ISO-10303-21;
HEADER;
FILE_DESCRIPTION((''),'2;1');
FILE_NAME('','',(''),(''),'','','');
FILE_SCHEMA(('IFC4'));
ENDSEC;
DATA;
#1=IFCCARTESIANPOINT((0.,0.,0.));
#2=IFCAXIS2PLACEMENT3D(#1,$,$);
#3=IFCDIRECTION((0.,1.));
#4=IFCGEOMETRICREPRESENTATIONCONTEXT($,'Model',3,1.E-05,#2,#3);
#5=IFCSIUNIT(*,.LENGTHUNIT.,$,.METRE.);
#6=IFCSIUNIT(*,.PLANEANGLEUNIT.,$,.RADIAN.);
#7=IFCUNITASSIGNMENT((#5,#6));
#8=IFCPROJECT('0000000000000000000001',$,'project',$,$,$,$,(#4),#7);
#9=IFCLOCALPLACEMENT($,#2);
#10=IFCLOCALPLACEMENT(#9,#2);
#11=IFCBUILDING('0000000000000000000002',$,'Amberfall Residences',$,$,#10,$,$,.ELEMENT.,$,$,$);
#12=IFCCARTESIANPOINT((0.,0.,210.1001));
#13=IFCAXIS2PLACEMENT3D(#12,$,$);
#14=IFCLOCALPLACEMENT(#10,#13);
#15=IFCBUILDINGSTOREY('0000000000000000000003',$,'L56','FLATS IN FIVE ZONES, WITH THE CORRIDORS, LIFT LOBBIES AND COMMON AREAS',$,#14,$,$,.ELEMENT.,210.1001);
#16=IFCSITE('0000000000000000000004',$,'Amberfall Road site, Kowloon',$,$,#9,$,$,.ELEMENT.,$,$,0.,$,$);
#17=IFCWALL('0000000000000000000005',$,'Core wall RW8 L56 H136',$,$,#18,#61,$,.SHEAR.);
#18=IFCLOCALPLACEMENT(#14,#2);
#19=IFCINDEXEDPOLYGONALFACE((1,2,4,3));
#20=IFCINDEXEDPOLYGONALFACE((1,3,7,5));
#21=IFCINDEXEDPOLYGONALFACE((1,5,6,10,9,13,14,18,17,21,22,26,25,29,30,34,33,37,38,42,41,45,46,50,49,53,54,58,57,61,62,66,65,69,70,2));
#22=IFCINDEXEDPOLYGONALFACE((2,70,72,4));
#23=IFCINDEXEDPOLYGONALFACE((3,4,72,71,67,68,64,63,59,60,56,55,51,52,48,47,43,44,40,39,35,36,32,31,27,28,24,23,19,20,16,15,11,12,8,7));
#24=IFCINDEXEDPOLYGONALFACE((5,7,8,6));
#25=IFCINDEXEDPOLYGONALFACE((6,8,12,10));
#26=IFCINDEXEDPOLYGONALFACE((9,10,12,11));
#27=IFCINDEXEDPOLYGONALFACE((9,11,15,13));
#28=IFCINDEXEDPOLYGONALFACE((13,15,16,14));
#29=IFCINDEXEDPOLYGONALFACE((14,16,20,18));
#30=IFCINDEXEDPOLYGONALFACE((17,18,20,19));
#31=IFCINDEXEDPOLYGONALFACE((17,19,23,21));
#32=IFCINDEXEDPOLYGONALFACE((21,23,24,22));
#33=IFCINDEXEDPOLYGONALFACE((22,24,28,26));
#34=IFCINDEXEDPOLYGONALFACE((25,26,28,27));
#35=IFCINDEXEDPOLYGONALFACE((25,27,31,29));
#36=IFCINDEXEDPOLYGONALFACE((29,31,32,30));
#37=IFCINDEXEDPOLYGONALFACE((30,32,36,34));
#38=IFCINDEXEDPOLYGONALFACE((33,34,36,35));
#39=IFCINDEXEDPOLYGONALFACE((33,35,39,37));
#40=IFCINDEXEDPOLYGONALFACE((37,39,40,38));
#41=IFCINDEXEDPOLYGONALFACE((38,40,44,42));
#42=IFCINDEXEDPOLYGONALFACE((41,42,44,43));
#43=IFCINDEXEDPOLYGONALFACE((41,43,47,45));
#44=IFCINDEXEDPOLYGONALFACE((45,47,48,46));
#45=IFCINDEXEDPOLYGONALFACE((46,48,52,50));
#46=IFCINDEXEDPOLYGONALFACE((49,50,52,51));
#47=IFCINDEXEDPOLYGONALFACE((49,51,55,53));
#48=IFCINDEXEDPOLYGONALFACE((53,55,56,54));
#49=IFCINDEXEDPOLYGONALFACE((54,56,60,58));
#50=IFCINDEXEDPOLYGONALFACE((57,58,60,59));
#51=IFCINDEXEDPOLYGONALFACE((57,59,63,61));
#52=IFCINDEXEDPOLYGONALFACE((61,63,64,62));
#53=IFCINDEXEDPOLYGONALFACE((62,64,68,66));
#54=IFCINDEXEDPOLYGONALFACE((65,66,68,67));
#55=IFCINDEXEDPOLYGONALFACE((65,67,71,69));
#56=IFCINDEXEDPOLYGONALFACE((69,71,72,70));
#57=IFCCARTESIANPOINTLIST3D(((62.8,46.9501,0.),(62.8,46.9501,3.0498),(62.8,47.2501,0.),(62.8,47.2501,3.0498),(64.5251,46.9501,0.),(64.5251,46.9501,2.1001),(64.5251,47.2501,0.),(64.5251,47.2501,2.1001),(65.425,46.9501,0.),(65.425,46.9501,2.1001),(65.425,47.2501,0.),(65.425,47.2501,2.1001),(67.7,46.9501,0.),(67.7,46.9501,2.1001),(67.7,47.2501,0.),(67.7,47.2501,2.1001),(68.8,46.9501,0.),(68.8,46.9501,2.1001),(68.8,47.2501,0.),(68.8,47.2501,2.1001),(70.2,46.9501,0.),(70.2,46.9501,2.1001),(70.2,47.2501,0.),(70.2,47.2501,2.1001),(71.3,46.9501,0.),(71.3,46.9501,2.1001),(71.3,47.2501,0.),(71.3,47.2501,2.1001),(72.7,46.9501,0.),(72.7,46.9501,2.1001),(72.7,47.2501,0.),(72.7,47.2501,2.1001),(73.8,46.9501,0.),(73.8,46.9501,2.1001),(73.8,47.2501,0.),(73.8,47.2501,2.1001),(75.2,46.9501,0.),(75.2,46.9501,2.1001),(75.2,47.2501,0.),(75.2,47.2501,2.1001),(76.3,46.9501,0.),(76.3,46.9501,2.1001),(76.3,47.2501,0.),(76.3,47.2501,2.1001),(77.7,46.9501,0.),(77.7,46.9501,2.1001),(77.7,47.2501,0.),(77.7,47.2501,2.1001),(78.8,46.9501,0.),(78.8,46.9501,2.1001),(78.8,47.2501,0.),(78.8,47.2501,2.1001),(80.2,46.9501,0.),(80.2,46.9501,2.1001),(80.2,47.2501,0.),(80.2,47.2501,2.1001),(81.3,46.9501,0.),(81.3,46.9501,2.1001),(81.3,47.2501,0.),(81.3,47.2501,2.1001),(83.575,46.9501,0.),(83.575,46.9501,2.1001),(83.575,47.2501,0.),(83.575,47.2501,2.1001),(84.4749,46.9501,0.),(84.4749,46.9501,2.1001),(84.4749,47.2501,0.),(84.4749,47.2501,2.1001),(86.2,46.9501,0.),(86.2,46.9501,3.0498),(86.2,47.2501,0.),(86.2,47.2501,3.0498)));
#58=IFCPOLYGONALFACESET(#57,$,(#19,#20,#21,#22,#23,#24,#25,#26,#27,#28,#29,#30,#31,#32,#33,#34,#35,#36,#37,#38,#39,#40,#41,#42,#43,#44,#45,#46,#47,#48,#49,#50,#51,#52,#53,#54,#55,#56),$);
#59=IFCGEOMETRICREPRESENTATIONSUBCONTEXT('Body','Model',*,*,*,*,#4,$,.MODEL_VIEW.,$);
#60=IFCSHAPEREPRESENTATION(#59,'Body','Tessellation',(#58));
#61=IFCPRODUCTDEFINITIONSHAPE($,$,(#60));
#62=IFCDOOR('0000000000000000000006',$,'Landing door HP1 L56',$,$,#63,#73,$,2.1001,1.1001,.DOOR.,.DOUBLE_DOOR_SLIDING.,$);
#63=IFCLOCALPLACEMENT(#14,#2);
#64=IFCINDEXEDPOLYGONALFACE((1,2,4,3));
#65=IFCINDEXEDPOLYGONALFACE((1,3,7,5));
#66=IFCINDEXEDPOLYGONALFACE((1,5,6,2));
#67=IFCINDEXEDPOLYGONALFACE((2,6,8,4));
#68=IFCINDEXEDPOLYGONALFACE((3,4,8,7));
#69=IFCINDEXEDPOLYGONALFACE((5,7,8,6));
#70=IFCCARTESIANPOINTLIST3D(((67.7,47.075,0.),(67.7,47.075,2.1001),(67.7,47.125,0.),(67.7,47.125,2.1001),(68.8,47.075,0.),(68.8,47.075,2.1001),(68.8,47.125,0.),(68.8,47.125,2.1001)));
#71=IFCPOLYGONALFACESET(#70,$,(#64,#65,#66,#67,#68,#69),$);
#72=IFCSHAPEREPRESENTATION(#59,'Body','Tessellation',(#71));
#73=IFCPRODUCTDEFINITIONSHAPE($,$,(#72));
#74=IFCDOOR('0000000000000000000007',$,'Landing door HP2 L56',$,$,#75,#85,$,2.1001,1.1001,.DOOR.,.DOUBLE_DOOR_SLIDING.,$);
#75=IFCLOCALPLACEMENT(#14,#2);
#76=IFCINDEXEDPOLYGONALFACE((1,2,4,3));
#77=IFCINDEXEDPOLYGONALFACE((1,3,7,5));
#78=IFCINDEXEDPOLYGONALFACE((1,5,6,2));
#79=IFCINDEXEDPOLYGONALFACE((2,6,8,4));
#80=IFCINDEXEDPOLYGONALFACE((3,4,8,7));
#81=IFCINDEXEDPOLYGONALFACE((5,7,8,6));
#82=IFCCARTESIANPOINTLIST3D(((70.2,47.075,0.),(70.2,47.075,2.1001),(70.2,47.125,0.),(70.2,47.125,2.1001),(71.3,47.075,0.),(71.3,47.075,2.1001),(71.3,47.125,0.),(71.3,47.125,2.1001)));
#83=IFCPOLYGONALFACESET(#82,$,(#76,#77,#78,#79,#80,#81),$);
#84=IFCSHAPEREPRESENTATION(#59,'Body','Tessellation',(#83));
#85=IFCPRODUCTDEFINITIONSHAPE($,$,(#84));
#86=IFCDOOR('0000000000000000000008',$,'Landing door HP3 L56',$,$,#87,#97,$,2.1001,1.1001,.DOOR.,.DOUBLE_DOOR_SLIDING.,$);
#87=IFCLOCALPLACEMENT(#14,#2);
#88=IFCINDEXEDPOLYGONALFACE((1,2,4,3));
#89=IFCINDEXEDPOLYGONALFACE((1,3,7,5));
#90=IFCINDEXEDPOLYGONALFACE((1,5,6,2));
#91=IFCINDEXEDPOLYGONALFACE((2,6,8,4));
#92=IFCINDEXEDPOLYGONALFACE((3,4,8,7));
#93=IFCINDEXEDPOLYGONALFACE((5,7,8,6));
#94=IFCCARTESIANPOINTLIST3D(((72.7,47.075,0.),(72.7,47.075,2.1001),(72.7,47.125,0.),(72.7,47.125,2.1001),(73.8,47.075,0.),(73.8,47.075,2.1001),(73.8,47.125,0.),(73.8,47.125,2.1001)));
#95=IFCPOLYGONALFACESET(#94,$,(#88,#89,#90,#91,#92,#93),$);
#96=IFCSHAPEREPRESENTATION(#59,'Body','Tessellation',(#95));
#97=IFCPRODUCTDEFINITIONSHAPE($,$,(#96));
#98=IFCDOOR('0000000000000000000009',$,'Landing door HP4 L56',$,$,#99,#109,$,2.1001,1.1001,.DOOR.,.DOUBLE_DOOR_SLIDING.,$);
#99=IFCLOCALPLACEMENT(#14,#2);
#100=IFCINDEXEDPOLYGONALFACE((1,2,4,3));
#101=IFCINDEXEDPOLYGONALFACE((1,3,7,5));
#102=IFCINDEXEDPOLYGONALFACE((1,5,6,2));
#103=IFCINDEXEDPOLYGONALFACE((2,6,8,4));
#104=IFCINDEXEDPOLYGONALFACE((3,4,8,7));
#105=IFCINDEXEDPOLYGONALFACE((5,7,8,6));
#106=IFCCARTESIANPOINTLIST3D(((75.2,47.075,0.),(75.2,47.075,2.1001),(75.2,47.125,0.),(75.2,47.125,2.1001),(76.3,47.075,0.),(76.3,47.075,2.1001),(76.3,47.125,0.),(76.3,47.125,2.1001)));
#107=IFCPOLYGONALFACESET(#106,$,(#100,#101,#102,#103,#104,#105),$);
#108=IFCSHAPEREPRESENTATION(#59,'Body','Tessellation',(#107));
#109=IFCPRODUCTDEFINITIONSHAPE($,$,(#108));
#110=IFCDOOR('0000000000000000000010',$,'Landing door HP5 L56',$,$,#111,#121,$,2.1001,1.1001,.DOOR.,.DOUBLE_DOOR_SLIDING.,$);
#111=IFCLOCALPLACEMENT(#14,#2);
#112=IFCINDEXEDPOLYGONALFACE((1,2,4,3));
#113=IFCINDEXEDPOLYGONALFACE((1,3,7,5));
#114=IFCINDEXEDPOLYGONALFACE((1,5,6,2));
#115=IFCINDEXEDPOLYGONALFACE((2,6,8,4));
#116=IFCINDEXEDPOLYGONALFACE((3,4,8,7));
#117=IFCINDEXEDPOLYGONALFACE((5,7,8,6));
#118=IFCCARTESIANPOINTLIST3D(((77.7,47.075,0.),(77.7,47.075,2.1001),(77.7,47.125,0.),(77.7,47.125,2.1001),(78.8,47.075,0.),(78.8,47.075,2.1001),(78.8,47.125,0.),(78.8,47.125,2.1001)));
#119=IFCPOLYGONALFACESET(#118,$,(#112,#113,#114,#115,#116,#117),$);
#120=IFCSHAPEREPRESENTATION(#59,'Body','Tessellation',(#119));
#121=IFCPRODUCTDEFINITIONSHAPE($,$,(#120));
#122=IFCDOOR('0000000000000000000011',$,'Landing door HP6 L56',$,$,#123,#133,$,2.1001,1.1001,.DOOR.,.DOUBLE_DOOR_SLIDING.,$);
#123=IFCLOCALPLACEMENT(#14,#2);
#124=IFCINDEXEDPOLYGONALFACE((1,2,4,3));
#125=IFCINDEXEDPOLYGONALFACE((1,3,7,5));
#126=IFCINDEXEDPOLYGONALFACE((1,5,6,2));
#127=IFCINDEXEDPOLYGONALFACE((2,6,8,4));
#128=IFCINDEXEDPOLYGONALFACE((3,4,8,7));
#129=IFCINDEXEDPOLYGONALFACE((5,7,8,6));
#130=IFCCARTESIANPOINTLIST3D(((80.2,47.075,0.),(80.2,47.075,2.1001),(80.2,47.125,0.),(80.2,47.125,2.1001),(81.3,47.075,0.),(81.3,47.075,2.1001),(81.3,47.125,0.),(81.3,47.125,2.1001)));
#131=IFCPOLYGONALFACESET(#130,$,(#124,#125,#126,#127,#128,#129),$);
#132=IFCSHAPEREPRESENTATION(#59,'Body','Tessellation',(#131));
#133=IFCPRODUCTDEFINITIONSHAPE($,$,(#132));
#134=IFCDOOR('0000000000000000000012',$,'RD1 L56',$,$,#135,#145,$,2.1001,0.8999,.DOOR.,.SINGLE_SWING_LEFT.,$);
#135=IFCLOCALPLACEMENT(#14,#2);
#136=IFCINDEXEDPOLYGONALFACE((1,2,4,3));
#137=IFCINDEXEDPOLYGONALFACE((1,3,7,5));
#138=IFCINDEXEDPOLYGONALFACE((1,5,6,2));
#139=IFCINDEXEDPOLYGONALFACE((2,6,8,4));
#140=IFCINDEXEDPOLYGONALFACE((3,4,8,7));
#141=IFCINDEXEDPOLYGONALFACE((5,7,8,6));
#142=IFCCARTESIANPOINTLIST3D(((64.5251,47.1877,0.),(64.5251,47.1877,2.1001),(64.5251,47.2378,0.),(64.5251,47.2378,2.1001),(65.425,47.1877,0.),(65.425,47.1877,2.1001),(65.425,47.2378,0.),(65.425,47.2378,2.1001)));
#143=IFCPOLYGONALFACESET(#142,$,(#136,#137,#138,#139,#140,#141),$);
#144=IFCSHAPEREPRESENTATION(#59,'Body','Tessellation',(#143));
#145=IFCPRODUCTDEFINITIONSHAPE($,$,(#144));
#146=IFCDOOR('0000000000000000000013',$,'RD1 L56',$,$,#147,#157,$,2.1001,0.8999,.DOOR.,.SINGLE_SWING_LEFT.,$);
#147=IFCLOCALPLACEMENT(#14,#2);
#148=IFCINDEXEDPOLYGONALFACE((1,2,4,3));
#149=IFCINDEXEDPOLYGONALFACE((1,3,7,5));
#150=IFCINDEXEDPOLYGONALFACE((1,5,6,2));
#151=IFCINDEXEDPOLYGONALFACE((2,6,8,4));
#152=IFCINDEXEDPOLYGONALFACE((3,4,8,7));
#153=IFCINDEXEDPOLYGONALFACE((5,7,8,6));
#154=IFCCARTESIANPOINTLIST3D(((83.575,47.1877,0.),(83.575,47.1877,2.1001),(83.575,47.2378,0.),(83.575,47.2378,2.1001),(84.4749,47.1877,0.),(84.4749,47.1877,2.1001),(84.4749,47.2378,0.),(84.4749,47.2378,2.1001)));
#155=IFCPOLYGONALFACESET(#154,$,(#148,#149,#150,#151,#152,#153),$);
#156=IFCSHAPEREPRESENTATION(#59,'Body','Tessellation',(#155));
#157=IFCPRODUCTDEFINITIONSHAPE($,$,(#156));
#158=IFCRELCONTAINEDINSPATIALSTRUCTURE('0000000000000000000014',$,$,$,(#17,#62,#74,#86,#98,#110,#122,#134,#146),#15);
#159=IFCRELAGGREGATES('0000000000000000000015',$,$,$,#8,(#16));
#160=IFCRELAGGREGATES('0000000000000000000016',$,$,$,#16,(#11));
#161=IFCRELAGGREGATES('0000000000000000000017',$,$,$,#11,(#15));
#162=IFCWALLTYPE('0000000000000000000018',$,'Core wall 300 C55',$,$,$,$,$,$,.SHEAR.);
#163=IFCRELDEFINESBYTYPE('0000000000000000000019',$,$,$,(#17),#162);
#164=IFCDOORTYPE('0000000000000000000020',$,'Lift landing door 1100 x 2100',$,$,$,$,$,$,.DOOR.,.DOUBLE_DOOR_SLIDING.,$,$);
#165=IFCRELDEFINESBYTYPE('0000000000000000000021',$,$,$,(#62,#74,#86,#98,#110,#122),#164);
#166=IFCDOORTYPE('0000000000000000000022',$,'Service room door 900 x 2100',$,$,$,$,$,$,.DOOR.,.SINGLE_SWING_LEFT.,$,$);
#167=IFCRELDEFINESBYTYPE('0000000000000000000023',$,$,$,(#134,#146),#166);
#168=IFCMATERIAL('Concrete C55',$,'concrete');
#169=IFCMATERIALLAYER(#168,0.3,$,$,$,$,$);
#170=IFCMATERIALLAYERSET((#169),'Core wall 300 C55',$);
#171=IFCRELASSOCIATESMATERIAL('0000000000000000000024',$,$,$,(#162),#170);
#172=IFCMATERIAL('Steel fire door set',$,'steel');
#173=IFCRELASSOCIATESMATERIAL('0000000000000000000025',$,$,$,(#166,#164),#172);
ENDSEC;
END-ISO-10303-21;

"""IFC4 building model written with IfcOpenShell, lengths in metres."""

from ifc_helpers import new_model, si_unit, direction, frame, frame_2d, origin, place, context, subcontext, project, spatial, rectangle, extrude, material, layer, layer_set, type_object, element, fill, save


model = new_model("IFC4")

# Units and contexts
model_context = context("Model", 3, precision=1e-05, world=origin(), true_north=direction((0.0, 1.0)))
body_context = subcontext(model_context, "Body", "Model", "MODEL_VIEW")
ifc_project = project(units=[si_unit("LENGTHUNIT", "METRE"), si_unit("PLANEANGLEUNIT", "RADIAN")], contexts=[model_context])

# Site, building, storey
site_placement = place(None, origin())
site = spatial("IfcSite", under=ifc_project, at=site_placement, Name="Amberfall Road site, Kowloon", CompositionType="ELEMENT", RefElevation=0.0)
building_placement = place(site_placement, origin())
building = spatial("IfcBuilding", under=site, at=building_placement, Name="Amberfall Residences", CompositionType="ELEMENT")
storey_placement = place(building_placement, frame((0.0, 0.0, 210.1001)))
storey = spatial("IfcBuildingStorey", under=building, at=storey_placement, Name="L56", Description="FLATS IN FIVE ZONES, WITH THE CORRIDORS, LIFT LOBBIES AND COMMON AREAS", CompositionType="ELEMENT", Elevation=210.1001)

# Wall, openings, doors
ifc_material_1 = material(Name="Concrete C55", Category="concrete")
ifc_layer_1 = layer(ifc_material_1, 0.3)
ifc_layer_set_1 = layer_set([ifc_layer_1], Name="Core wall 300 C55")
wall_type_1 = type_object("IfcWallType", Name="Core wall 300 C55", PredefinedType="SHEAR", material=ifc_layer_set_1)
ifc_material_2 = material(Name="Steel fire door set", Category="steel")
door_type_1 = type_object("IfcDoorType", Name="Service room door 900 x 2100", OperationType="SINGLE_SWING_LEFT", PredefinedType="DOOR", material=ifc_material_2)
wall_1_placement = place(storey_placement, frame((62.8, 47.1001, 0.0), z_axis=(0.0, 0.0, 1.0), x_axis=(1.0, 0.0, 0.0)))
wall_1 = element("IfcWall", 1, at=wall_1_placement, inside=storey, type_object=wall_type_1, Name="Core wall RW8 L56 H136", PredefinedType="SHEAR", context=body_context, shape_type="SweptSolid", body=[
    extrude(rectangle(XDim=23.3999, YDim=0.3, at=frame_2d((11.7, 0.0))), origin(), (0.0, 0.0, 1.0), 3.0498),
])
opening_1_placement = place(wall_1_placement, frame((1.7251, 0.0, 0.0)))
opening_1 = element("IfcOpeningElement", 2, at=opening_1_placement, cuts=wall_1, PredefinedType="OPENING", context=body_context, shape_type="SweptSolid", body=[
    extrude(rectangle(XDim=0.8999, YDim=2.1001, at=frame_2d((0.45, 1.05))), frame((0.0, 0.1599, 0.0), z_axis=(0.0, -1.0, 0.0), x_axis=(1.0, 0.0, 0.0)), (0.0, 0.0, 1.0), 0.3201),
])
opening_2_placement = place(wall_1_placement, frame((20.7749, 0.0, 0.0)))
opening_2 = element("IfcOpeningElement", 3, at=opening_2_placement, cuts=wall_1, PredefinedType="OPENING", context=body_context, shape_type="SweptSolid", body=[
    extrude(rectangle(XDim=0.8999, YDim=2.1001, at=frame_2d((0.45, 1.05))), frame((0.0, 0.1599, 0.0), z_axis=(0.0, -1.0, 0.0), x_axis=(1.0, 0.0, 0.0)), (0.0, 0.0, 1.0), 0.3201),
])
opening_3_placement = place(wall_1_placement, frame((4.8999, 0.0, 0.0)))
opening_3 = element("IfcOpeningElement", 4, at=opening_3_placement, cuts=wall_1, PredefinedType="OPENING", context=body_context, shape_type="SweptSolid", body=[
    extrude(rectangle(XDim=1.1001, YDim=2.1001, at=frame_2d((0.55, 1.05))), frame((0.0, 0.1599, 0.0), z_axis=(0.0, -1.0, 0.0), x_axis=(1.0, 0.0, 0.0)), (0.0, 0.0, 1.0), 0.3201),
])
opening_4_placement = place(wall_1_placement, frame((7.3999, 0.0, 0.0)))
opening_4 = element("IfcOpeningElement", 5, at=opening_4_placement, cuts=wall_1, PredefinedType="OPENING", context=body_context, shape_type="SweptSolid", body=[
    extrude(rectangle(XDim=1.1001, YDim=2.1001, at=frame_2d((0.55, 1.05))), frame((0.0, 0.1599, 0.0), z_axis=(0.0, -1.0, 0.0), x_axis=(1.0, 0.0, 0.0)), (0.0, 0.0, 1.0), 0.3201),
])
opening_5_placement = place(wall_1_placement, frame((9.8999, 0.0, 0.0)))
opening_5 = element("IfcOpeningElement", 6, at=opening_5_placement, cuts=wall_1, PredefinedType="OPENING", context=body_context, shape_type="SweptSolid", body=[
    extrude(rectangle(XDim=1.1001, YDim=2.1001, at=frame_2d((0.55, 1.05))), frame((0.0, 0.1599, 0.0), z_axis=(0.0, -1.0, 0.0), x_axis=(1.0, 0.0, 0.0)), (0.0, 0.0, 1.0), 0.3201),
])
opening_6_placement = place(wall_1_placement, frame((12.3999, 0.0, 0.0)))
opening_6 = element("IfcOpeningElement", 7, at=opening_6_placement, cuts=wall_1, PredefinedType="OPENING", context=body_context, shape_type="SweptSolid", body=[
    extrude(rectangle(XDim=1.1001, YDim=2.1001, at=frame_2d((0.55, 1.05))), frame((0.0, 0.1599, 0.0), z_axis=(0.0, -1.0, 0.0), x_axis=(1.0, 0.0, 0.0)), (0.0, 0.0, 1.0), 0.3201),
])
opening_7_placement = place(wall_1_placement, frame((14.8999, 0.0, 0.0)))
opening_7 = element("IfcOpeningElement", 8, at=opening_7_placement, cuts=wall_1, PredefinedType="OPENING", context=body_context, shape_type="SweptSolid", body=[
    extrude(rectangle(XDim=1.1001, YDim=2.1001, at=frame_2d((0.55, 1.05))), frame((0.0, 0.1599, 0.0), z_axis=(0.0, -1.0, 0.0), x_axis=(1.0, 0.0, 0.0)), (0.0, 0.0, 1.0), 0.3201),
])
opening_8_placement = place(wall_1_placement, frame((17.3999, 0.0, 0.0)))
opening_8 = element("IfcOpeningElement", 9, at=opening_8_placement, cuts=wall_1, PredefinedType="OPENING", context=body_context, shape_type="SweptSolid", body=[
    extrude(rectangle(XDim=1.1001, YDim=2.1001, at=frame_2d((0.55, 1.05))), frame((0.0, 0.1599, 0.0), z_axis=(0.0, -1.0, 0.0), x_axis=(1.0, 0.0, 0.0)), (0.0, 0.0, 1.0), 0.3201),
])
door_type_2 = type_object("IfcDoorType", Name="Lift landing door 1100 x 2100", OperationType="DOUBLE_DOOR_SLIDING", PredefinedType="DOOR", material=ifc_material_2)
door_1_placement = place(opening_3_placement, origin())
door_1 = element("IfcDoor", 10, at=door_1_placement, inside=storey, type_object=door_type_2, Name="Landing door HP1 L56", OperationType="DOUBLE_DOOR_SLIDING", OverallHeight=2.1001, OverallWidth=1.1001, PredefinedType="DOOR", context=body_context, shape_type="SweptSolid", body=[
    extrude(rectangle(XDim=1.1001, YDim=2.1001, at=frame_2d((0.55, 1.05))), frame((0.0, 0.0249, 0.0), z_axis=(0.0, -1.0, 0.0), x_axis=(1.0, 0.0, 0.0)), (0.0, 0.0, 1.0), 0.05),
])
fill(opening_3, door_1)
door_2_placement = place(opening_4_placement, origin())
door_2 = element("IfcDoor", 11, at=door_2_placement, inside=storey, type_object=door_type_2, Name="Landing door HP2 L56", OperationType="DOUBLE_DOOR_SLIDING", OverallHeight=2.1001, OverallWidth=1.1001, PredefinedType="DOOR", context=body_context, shape_type="SweptSolid", body=[
    extrude(rectangle(XDim=1.1001, YDim=2.1001, at=frame_2d((0.55, 1.05))), frame((0.0, 0.0249, 0.0), z_axis=(0.0, -1.0, 0.0), x_axis=(1.0, 0.0, 0.0)), (0.0, 0.0, 1.0), 0.05),
])
fill(opening_4, door_2)
door_3_placement = place(opening_5_placement, origin())
door_3 = element("IfcDoor", 12, at=door_3_placement, inside=storey, type_object=door_type_2, Name="Landing door HP3 L56", OperationType="DOUBLE_DOOR_SLIDING", OverallHeight=2.1001, OverallWidth=1.1001, PredefinedType="DOOR", context=body_context, shape_type="SweptSolid", body=[
    extrude(rectangle(XDim=1.1001, YDim=2.1001, at=frame_2d((0.55, 1.05))), frame((0.0, 0.0249, 0.0), z_axis=(0.0, -1.0, 0.0), x_axis=(1.0, 0.0, 0.0)), (0.0, 0.0, 1.0), 0.05),
])
fill(opening_5, door_3)
door_4_placement = place(opening_6_placement, origin())
door_4 = element("IfcDoor", 13, at=door_4_placement, inside=storey, type_object=door_type_2, Name="Landing door HP4 L56", OperationType="DOUBLE_DOOR_SLIDING", OverallHeight=2.1001, OverallWidth=1.1001, PredefinedType="DOOR", context=body_context, shape_type="SweptSolid", body=[
    extrude(rectangle(XDim=1.1001, YDim=2.1001, at=frame_2d((0.55, 1.05))), frame((0.0, 0.0249, 0.0), z_axis=(0.0, -1.0, 0.0), x_axis=(1.0, 0.0, 0.0)), (0.0, 0.0, 1.0), 0.05),
])
fill(opening_6, door_4)
door_5_placement = place(opening_7_placement, origin())
door_5 = element("IfcDoor", 14, at=door_5_placement, inside=storey, type_object=door_type_2, Name="Landing door HP5 L56", OperationType="DOUBLE_DOOR_SLIDING", OverallHeight=2.1001, OverallWidth=1.1001, PredefinedType="DOOR", context=body_context, shape_type="SweptSolid", body=[
    extrude(rectangle(XDim=1.1001, YDim=2.1001, at=frame_2d((0.55, 1.05))), frame((0.0, 0.0249, 0.0), z_axis=(0.0, -1.0, 0.0), x_axis=(1.0, 0.0, 0.0)), (0.0, 0.0, 1.0), 0.05),
])
fill(opening_7, door_5)
door_6_placement = place(opening_8_placement, origin())
door_6 = element("IfcDoor", 15, at=door_6_placement, inside=storey, type_object=door_type_2, Name="Landing door HP6 L56", OperationType="DOUBLE_DOOR_SLIDING", OverallHeight=2.1001, OverallWidth=1.1001, PredefinedType="DOOR", context=body_context, shape_type="SweptSolid", body=[
    extrude(rectangle(XDim=1.1001, YDim=2.1001, at=frame_2d((0.55, 1.05))), frame((0.0, 0.0249, 0.0), z_axis=(0.0, -1.0, 0.0), x_axis=(1.0, 0.0, 0.0)), (0.0, 0.0, 1.0), 0.05),
])
fill(opening_8, door_6)
door_7_placement = place(opening_1_placement, origin())
door_7 = element("IfcDoor", 16, at=door_7_placement, inside=storey, type_object=door_type_1, Name="RD1 L56", OperationType="SINGLE_SWING_LEFT", OverallHeight=2.1001, OverallWidth=0.8999, PredefinedType="DOOR", context=body_context, shape_type="SweptSolid", body=[
    extrude(rectangle(XDim=0.8999, YDim=2.1001, at=frame_2d((0.45, 1.05))), frame((0.0, 0.1377, 0.0), z_axis=(0.0, -1.0, 0.0), x_axis=(1.0, 0.0, 0.0)), (0.0, 0.0, 1.0), 0.05),
])
fill(opening_1, door_7)
door_8_placement = place(opening_2_placement, origin())
door_8 = element("IfcDoor", 17, at=door_8_placement, inside=storey, type_object=door_type_1, Name="RD1 L56", OperationType="SINGLE_SWING_LEFT", OverallHeight=2.1001, OverallWidth=0.8999, PredefinedType="DOOR", context=body_context, shape_type="SweptSolid", body=[
    extrude(rectangle(XDim=0.8999, YDim=2.1001, at=frame_2d((0.45, 1.05))), frame((0.0, 0.1377, 0.0), z_axis=(0.0, -1.0, 0.0), x_axis=(1.0, 0.0, 0.0)), (0.0, 0.0, 1.0), 0.05),
])
fill(opening_2, door_8)

save(model, "model.ifc")
